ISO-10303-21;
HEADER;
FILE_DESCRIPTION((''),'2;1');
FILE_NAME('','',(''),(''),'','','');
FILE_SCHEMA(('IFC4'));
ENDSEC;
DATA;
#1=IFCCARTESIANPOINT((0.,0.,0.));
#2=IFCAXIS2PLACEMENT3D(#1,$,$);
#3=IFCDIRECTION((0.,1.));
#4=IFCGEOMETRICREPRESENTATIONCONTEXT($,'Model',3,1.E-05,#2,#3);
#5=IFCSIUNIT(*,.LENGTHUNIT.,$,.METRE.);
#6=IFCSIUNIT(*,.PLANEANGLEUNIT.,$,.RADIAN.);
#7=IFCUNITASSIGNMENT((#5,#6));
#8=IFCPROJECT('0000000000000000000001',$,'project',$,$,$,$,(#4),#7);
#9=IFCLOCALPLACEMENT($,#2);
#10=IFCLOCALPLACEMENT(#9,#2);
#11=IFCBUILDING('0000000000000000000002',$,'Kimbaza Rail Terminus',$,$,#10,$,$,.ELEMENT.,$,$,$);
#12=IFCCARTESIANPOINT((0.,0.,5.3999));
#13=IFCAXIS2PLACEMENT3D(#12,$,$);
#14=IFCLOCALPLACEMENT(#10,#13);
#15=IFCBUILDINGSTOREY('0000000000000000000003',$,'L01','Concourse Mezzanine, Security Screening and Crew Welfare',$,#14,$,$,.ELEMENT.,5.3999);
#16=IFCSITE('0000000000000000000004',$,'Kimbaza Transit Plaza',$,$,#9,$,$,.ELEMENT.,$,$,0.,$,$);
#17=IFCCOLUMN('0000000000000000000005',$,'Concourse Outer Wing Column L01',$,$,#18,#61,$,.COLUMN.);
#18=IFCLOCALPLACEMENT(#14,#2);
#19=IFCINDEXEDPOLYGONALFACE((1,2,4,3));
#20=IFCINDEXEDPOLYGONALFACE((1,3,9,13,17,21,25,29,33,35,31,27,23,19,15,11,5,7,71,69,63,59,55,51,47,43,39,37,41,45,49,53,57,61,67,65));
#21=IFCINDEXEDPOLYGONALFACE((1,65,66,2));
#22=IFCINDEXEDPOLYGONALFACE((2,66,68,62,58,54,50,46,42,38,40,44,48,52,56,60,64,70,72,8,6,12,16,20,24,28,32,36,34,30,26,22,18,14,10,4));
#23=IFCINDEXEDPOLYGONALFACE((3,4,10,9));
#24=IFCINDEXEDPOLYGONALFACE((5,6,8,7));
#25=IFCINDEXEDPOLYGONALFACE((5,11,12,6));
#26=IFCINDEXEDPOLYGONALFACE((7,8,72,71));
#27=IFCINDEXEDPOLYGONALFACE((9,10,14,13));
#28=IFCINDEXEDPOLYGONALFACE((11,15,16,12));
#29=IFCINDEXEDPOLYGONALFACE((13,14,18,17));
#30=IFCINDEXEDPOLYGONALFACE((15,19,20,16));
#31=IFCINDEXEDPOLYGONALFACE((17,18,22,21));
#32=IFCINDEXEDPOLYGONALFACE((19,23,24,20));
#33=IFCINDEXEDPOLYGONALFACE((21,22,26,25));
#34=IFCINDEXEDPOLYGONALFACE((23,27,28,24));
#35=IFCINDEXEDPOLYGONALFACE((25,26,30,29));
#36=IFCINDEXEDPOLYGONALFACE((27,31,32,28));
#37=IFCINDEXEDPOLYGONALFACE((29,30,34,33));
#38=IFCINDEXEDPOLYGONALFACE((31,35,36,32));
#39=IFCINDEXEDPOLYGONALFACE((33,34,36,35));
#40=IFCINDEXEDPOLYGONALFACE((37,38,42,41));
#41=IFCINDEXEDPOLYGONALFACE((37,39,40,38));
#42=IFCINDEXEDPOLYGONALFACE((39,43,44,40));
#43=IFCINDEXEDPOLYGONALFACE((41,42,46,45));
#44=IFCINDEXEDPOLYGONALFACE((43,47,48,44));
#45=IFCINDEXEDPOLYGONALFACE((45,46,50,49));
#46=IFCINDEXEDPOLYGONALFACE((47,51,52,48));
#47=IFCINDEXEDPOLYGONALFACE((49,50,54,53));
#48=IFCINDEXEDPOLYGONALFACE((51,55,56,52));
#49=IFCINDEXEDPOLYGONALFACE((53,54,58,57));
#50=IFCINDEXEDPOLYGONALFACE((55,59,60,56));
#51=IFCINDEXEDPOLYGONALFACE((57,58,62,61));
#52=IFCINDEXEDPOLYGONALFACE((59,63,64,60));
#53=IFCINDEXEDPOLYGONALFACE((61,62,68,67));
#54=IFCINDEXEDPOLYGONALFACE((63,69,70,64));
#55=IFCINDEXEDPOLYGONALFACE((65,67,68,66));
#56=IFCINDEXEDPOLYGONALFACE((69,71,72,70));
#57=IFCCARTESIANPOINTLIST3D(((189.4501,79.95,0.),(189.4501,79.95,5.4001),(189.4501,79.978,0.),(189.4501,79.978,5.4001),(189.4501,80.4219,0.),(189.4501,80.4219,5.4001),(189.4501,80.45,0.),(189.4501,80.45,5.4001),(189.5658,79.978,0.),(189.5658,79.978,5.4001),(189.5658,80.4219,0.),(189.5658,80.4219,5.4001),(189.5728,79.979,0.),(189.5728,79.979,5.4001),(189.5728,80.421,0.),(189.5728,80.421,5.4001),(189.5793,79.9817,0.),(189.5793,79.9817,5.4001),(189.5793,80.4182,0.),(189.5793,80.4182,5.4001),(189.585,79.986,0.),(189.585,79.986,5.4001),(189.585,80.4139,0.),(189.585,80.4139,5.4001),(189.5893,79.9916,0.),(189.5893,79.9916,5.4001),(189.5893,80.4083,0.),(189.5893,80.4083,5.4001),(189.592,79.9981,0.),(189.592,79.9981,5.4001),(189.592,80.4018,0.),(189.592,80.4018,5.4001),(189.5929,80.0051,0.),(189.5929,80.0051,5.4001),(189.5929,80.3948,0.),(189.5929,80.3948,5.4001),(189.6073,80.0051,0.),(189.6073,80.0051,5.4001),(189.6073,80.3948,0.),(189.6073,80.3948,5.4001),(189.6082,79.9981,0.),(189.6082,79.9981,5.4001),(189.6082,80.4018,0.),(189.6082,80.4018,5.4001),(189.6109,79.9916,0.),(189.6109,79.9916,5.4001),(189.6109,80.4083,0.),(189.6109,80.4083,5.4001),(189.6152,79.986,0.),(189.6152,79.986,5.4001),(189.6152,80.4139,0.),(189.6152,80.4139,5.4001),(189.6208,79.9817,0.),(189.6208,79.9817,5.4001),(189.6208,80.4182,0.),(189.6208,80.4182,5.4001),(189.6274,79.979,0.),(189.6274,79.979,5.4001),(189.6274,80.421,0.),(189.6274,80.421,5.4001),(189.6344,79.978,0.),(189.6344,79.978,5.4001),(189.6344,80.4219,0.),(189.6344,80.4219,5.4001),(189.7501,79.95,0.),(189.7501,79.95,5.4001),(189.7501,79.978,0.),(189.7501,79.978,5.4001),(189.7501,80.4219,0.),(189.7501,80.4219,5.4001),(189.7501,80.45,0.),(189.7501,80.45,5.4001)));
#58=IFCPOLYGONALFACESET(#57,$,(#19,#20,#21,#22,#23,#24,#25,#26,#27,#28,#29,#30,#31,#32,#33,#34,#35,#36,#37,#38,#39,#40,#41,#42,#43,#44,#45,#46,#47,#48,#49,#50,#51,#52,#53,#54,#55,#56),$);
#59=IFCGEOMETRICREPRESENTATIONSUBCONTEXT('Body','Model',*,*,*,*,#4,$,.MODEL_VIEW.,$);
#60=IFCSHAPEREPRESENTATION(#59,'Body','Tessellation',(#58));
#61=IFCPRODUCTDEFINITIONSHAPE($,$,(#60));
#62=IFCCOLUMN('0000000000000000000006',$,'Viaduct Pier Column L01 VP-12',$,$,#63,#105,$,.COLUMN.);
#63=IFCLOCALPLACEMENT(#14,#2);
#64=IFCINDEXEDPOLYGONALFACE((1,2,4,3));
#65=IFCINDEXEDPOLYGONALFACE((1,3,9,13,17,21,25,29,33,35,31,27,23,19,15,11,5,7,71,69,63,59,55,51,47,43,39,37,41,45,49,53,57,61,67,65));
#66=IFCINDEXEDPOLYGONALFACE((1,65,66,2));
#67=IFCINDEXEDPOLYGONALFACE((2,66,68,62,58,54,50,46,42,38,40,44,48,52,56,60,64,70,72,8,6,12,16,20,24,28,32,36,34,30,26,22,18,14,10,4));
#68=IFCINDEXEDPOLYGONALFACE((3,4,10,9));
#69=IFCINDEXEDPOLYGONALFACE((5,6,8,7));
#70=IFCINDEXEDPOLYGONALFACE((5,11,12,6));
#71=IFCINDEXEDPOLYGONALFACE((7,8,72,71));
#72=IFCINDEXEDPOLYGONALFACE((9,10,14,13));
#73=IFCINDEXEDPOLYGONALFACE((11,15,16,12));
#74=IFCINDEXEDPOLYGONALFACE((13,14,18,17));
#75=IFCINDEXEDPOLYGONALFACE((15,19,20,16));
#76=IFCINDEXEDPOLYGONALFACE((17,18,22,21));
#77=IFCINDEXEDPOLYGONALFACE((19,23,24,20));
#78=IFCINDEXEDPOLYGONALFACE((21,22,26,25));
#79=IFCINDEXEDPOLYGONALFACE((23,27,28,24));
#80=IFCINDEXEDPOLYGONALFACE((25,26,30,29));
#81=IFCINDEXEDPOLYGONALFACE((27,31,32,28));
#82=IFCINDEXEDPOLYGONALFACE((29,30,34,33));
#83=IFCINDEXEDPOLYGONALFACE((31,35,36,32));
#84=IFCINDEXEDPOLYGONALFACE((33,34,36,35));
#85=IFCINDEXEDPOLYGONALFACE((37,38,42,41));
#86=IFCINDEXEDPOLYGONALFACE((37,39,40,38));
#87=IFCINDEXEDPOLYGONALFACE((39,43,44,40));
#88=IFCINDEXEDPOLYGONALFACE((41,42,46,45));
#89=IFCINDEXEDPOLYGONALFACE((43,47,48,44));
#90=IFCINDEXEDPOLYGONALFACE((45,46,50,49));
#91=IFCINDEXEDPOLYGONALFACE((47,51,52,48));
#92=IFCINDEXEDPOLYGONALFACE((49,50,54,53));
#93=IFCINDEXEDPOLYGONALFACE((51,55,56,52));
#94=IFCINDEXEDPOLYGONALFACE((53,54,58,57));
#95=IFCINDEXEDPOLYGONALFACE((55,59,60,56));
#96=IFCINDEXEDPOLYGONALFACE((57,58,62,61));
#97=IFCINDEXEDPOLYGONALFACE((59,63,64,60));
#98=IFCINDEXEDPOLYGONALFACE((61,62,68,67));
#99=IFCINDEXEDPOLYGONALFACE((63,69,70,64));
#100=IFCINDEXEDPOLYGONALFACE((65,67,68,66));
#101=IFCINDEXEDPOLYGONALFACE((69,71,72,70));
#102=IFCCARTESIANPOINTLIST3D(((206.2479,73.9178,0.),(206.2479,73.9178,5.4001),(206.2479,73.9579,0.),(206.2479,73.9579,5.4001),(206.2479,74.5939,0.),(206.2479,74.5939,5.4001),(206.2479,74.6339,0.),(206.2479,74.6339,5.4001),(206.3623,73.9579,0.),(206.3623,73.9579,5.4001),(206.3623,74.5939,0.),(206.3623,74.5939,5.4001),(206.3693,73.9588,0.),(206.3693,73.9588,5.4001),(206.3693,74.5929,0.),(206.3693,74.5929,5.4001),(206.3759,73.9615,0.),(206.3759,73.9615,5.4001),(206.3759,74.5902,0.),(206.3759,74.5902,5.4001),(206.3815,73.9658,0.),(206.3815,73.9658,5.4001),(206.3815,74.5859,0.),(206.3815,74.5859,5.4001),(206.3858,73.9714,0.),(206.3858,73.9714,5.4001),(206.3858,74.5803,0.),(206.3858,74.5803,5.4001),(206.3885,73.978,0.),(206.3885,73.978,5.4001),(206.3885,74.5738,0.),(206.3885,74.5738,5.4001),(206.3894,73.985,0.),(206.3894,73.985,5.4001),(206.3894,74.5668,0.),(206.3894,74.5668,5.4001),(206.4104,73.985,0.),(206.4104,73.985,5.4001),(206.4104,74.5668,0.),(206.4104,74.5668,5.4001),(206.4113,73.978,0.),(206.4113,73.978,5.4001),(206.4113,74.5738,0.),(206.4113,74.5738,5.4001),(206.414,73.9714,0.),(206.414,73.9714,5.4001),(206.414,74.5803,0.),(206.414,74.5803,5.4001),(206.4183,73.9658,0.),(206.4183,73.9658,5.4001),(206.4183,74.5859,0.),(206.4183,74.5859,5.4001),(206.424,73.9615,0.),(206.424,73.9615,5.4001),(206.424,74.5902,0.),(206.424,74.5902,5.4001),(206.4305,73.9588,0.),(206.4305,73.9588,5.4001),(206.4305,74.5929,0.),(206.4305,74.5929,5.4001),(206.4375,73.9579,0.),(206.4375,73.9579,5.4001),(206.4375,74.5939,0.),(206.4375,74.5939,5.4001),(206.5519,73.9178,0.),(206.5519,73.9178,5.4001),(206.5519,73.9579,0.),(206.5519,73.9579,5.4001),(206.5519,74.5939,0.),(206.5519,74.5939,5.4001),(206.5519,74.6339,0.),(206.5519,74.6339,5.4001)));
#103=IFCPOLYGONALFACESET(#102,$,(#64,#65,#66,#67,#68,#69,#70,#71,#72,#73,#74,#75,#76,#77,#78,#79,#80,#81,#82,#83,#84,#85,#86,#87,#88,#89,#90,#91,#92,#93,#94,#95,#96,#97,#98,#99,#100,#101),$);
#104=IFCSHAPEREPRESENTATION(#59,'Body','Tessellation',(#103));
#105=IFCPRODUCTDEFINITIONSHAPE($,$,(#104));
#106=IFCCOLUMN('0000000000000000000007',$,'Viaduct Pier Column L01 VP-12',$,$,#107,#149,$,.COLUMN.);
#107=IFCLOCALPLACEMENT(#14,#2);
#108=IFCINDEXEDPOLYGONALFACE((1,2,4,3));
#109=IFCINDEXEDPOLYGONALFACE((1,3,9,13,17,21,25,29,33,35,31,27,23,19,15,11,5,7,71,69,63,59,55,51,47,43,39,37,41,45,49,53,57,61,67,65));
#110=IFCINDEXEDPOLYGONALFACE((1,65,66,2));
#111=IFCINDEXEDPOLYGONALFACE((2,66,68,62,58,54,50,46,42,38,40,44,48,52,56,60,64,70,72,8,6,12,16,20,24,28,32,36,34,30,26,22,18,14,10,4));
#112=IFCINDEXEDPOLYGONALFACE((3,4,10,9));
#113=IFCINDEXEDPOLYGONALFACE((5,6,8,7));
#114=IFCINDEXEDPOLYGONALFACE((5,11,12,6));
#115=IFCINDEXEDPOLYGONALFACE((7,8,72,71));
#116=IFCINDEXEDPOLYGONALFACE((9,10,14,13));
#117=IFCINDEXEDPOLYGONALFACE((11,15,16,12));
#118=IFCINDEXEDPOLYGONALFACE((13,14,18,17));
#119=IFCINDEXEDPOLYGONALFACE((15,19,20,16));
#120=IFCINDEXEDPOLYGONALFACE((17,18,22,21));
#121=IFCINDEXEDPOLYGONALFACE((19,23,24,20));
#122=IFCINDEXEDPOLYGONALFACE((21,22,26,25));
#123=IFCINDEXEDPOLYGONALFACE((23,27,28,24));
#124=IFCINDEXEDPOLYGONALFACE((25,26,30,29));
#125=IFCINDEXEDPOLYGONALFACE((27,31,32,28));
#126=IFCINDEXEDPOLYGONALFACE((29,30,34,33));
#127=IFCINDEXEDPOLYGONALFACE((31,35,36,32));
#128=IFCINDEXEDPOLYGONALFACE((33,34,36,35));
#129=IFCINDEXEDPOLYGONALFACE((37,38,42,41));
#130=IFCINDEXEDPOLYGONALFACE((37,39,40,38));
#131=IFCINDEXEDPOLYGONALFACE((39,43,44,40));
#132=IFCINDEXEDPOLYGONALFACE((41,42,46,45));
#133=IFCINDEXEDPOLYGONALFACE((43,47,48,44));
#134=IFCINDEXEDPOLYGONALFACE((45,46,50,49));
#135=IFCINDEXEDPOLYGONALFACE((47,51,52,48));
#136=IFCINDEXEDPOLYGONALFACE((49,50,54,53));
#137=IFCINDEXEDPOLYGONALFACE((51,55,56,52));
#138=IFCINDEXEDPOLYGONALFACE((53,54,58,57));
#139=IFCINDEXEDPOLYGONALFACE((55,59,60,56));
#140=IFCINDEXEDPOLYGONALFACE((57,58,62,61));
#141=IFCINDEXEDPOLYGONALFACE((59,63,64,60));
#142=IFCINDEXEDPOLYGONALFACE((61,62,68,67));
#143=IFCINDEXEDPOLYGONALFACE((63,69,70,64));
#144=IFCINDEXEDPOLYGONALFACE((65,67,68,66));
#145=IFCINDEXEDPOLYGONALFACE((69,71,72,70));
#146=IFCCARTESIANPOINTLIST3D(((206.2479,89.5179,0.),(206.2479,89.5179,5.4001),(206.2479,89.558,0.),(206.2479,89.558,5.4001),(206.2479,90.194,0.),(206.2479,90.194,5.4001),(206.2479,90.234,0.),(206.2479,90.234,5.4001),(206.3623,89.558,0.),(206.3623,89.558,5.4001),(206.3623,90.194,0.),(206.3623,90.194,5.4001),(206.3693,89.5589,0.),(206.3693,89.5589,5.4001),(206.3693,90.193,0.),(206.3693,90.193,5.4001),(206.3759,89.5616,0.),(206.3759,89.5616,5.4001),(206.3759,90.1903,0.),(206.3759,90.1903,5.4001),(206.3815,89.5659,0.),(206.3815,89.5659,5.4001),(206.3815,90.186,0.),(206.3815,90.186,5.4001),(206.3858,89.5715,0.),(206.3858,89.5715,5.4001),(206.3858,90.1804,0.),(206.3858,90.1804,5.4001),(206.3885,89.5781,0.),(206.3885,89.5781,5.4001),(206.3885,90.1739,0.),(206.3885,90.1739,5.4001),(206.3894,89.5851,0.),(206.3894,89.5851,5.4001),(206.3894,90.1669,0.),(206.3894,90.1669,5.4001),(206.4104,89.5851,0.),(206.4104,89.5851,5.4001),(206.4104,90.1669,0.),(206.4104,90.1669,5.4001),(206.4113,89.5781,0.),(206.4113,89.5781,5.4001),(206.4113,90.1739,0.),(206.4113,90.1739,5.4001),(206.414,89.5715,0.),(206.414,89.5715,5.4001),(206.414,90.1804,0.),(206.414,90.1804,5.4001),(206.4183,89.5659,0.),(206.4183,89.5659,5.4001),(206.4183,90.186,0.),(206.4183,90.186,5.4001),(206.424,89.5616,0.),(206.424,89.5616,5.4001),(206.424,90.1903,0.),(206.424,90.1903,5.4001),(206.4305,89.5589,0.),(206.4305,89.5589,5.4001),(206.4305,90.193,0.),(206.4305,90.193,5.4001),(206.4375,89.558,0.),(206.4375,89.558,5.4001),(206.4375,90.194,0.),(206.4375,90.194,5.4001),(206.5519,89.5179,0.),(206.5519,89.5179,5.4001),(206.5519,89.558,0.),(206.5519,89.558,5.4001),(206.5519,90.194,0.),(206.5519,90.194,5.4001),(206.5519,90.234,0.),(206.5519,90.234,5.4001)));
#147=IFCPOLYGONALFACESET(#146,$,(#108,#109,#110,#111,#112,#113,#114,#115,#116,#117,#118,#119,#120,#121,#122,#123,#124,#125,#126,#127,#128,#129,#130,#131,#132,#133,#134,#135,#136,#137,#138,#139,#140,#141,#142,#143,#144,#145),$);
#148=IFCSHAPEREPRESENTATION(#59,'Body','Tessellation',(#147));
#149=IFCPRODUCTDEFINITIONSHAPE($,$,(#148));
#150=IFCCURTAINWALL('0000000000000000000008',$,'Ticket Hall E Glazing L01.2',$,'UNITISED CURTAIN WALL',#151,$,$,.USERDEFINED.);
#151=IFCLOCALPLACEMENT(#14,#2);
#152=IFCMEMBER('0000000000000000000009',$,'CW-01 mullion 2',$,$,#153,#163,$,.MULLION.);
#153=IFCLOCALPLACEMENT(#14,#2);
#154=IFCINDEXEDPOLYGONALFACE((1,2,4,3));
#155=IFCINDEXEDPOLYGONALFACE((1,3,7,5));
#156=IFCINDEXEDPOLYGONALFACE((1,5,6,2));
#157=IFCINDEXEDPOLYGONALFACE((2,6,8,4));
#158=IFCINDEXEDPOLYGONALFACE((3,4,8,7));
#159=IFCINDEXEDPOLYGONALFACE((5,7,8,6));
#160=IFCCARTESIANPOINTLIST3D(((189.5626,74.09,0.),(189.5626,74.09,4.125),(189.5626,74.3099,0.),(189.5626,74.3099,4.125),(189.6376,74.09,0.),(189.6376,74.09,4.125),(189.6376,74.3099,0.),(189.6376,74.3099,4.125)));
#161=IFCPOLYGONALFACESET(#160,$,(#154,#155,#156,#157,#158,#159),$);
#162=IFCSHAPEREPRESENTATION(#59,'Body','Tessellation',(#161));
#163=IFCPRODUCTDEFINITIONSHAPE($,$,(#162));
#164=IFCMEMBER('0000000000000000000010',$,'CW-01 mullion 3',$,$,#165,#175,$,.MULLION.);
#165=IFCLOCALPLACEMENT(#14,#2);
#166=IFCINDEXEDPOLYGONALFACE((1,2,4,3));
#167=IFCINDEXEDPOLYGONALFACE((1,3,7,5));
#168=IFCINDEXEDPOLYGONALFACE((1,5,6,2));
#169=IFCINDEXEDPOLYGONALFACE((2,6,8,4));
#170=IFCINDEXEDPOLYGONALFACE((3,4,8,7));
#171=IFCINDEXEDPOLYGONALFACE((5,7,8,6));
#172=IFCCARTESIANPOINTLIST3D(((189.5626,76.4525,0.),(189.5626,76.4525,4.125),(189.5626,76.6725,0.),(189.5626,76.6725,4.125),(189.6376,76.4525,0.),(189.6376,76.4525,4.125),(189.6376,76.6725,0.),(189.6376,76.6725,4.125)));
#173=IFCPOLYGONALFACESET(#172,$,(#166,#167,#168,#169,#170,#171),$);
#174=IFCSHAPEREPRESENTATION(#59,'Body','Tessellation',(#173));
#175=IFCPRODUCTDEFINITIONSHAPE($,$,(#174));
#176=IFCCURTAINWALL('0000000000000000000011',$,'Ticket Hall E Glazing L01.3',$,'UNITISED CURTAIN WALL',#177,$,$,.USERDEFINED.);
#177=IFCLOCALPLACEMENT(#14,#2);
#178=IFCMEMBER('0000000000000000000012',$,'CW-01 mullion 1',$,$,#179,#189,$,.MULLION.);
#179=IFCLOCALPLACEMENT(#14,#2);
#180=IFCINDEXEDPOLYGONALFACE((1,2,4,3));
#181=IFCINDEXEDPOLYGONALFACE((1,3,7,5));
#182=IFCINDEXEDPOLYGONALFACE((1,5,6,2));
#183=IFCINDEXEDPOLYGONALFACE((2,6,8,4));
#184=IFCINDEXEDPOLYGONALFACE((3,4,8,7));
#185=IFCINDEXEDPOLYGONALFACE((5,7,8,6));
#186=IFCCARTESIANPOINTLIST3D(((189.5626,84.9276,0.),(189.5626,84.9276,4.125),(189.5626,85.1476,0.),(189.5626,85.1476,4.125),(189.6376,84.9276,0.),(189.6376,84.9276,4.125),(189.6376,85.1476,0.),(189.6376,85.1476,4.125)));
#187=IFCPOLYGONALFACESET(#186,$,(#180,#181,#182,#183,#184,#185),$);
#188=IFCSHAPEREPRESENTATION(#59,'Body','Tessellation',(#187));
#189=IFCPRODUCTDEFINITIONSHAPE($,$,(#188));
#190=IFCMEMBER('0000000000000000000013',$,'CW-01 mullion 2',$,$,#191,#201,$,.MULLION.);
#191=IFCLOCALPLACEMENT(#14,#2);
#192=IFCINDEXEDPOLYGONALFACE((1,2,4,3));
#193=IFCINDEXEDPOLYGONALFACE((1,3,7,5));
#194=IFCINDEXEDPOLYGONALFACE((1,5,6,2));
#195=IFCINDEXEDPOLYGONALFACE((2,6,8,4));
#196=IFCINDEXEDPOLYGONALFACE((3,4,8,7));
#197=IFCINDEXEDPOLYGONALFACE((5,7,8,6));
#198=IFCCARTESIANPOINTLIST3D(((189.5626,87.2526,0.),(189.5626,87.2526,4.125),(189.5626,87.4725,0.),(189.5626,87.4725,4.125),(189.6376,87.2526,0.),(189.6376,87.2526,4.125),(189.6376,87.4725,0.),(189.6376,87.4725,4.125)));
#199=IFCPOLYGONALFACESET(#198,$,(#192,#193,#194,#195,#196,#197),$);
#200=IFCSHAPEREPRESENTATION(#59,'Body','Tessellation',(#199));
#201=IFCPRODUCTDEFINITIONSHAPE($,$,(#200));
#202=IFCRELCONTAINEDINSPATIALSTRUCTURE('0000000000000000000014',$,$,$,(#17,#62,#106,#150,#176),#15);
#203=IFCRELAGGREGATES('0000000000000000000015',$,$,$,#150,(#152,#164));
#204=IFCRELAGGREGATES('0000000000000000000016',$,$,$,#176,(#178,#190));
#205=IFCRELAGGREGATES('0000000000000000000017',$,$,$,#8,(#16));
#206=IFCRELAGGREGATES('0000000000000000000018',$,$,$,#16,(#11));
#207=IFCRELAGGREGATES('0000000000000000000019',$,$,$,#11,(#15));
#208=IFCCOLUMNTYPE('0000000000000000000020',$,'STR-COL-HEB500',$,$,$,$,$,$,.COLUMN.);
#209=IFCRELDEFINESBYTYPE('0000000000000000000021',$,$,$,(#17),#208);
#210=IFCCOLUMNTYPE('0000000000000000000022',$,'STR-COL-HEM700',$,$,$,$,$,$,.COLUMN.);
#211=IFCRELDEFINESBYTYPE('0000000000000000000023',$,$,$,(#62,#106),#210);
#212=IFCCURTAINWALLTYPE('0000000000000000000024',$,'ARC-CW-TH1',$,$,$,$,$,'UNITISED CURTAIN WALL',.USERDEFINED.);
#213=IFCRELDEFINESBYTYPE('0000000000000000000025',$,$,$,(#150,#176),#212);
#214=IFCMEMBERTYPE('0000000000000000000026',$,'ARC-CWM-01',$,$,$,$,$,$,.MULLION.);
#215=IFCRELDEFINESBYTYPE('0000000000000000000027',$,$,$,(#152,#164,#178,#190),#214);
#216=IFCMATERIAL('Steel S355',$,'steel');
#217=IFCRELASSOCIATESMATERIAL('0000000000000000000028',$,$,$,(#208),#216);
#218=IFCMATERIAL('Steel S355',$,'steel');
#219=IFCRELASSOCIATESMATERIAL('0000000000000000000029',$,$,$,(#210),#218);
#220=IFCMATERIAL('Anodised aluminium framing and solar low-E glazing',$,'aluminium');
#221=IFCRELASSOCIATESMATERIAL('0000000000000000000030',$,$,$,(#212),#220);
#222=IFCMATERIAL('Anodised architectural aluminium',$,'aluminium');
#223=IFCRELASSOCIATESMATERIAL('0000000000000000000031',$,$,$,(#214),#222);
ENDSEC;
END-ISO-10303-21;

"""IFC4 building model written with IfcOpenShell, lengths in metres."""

from ifc_helpers import new_model, si_unit, direction, frame, origin, origin_2d, place, context, subcontext, project, spatial, rectangle, i_section, extrude, material, material_profile, profile_set, type_object, element, aggregate, save


model = new_model("IFC4")

# Units and contexts
model_context = context("Model", 3, precision=1e-05, world=origin(), true_north=direction((0.0, 1.0)))
body_context = subcontext(model_context, "Body", "Model", "MODEL_VIEW")
ifc_project = project(units=[si_unit("LENGTHUNIT", "METRE"), si_unit("PLANEANGLEUNIT", "RADIAN")], contexts=[model_context])

# Site, building, storey
site_placement = place(None, origin())
site = spatial("IfcSite", under=ifc_project, at=site_placement, Name="Kimbaza Transit Plaza", CompositionType="ELEMENT", RefElevation=0.0)
building_placement = place(site_placement, origin())
building = spatial("IfcBuilding", under=site, at=building_placement, Name="Kimbaza Rail Terminus", CompositionType="ELEMENT")
storey_placement = place(building_placement, frame((0.0, 0.0, 5.3999)))
storey = spatial("IfcBuildingStorey", under=building, at=storey_placement, Name="L01", Description="Concourse Mezzanine, Security Screening and Crew Welfare", CompositionType="ELEMENT", Elevation=5.3999)

# Columns
ifc_material_1 = material(Name="Steel S355", Category="steel")
ifc_material_profile_1 = material_profile(ifc_material_1, i_section(OverallWidth=0.3, OverallDepth=0.5, WebThickness=0.0144, FlangeThickness=0.0281, FilletRadius=0.0271, at=origin_2d()), Name="HEB 500")
ifc_profile_set_1 = profile_set([ifc_material_profile_1], Name="Steel S355")
column_type_1 = type_object("IfcColumnType", Name="STR-COL-HEB500", PredefinedType="COLUMN", material=ifc_profile_set_1)
column_placement = place(storey_placement, frame((189.6001, 80.2, 0.0), z_axis=(0.0, 0.0, 1.0), x_axis=(1.0, 0.0, 0.0)))
element("IfcColumn", 1, at=column_placement, inside=storey, type_object=column_type_1, Name="Concourse Outer Wing Column L01", PredefinedType="COLUMN", context=body_context, shape_type="SweptSolid", body=[
    extrude(i_section(OverallWidth=0.3, OverallDepth=0.5, WebThickness=0.0144, FlangeThickness=0.0281, FilletRadius=0.0271, at=origin_2d()), origin(), (0.0, 0.0, 1.0), 5.4001),
])
ifc_material_2 = material(Name="Steel S355", Category="steel")
ifc_material_profile_2 = material_profile(ifc_material_2, i_section(OverallWidth=0.304, OverallDepth=0.7161, WebThickness=0.021, FlangeThickness=0.04, FilletRadius=0.0271, at=origin_2d()), Name="HEM 700")
ifc_profile_set_2 = profile_set([ifc_material_profile_2], Name="Steel S355")
column_type_2 = type_object("IfcColumnType", Name="STR-COL-HEM700", PredefinedType="COLUMN", material=ifc_profile_set_2)
for number, where, z_axis, x_axis, name in (
    (2, (206.3999, 74.2759, 0.0), (0.0, 0.0, 1.0), (1.0, 0.0, 0.0), "Viaduct Pier Column L01 VP-12"),
    (3, (206.3999, 89.876, 0.0), (0.0, 0.0, 1.0), (1.0, 0.0, 0.0), "Viaduct Pier Column L01 VP-12"),
):
    element("IfcColumn", number, at=place(storey_placement, frame(where, z_axis=z_axis, x_axis=x_axis)), inside=storey, type_object=column_type_2, Name=name, PredefinedType="COLUMN", context=body_context, shape_type="SweptSolid", body=[
        extrude(i_section(OverallWidth=0.304, OverallDepth=0.7161, WebThickness=0.021, FlangeThickness=0.04, FilletRadius=0.0271, at=origin_2d()), origin(), (0.0, 0.0, 1.0), 5.4001),
    ])

# Curtain walls, members
ifc_material_3 = material(Name="Anodised aluminium framing and solar low-E glazing", Category="aluminium")
curtain_wall_type = type_object("IfcCurtainWallType", Name="ARC-CW-TH1", ElementType="UNITISED CURTAIN WALL", PredefinedType="USERDEFINED", material=ifc_material_3)
curtain_wall_1_placement = place(storey_placement, origin())
curtain_wall_1 = element("IfcCurtainWall", 4, at=curtain_wall_1_placement, inside=storey, type_object=curtain_wall_type, Name="Ticket Hall E Glazing L01.2", ObjectType="UNITISED CURTAIN WALL", PredefinedType="USERDEFINED")
ifc_material_4 = material(Name="Anodised architectural aluminium", Category="aluminium")
ifc_material_profile_3 = material_profile(ifc_material_4, rectangle(XDim=0.075, YDim=0.22, at=origin_2d()), Name="MULLION 75x220")
ifc_profile_set_3 = profile_set([ifc_material_profile_3], Name="Anodised architectural aluminium")
member_type_1 = type_object("IfcMemberType", Name="ARC-CWM-01", PredefinedType="MULLION", material=ifc_profile_set_3)
member_1_placement = place(storey_placement, frame((189.6001, 74.2, 0.0), z_axis=(0.0, 0.0, 1.0), x_axis=(-1.0, 0.0, 0.0)))
member_1 = element("IfcMember", 5, at=member_1_placement, type_object=member_type_1, Name="CW-01 mullion 2", PredefinedType="MULLION", context=body_context, shape_type="SweptSolid", body=[
    extrude(rectangle(XDim=0.075, YDim=0.22, at=origin_2d()), origin(), (0.0, 0.0, 1.0), 4.125),
])
member_2_placement = place(storey_placement, frame((189.6001, 76.5625, 0.0), z_axis=(0.0, 0.0, 1.0), x_axis=(-1.0, 0.0, 0.0)))
member_2 = element("IfcMember", 6, at=member_2_placement, type_object=member_type_1, Name="CW-01 mullion 3", PredefinedType="MULLION", context=body_context, shape_type="SweptSolid", body=[
    extrude(rectangle(XDim=0.075, YDim=0.22, at=origin_2d()), origin(), (0.0, 0.0, 1.0), 4.125),
])
curtain_wall_2_placement = place(storey_placement, origin())
curtain_wall_2 = element("IfcCurtainWall", 7, at=curtain_wall_2_placement, inside=storey, type_object=curtain_wall_type, Name="Ticket Hall E Glazing L01.3", ObjectType="UNITISED CURTAIN WALL", PredefinedType="USERDEFINED")
member_3_placement = place(storey_placement, frame((189.6001, 85.0376, 0.0), z_axis=(0.0, 0.0, 1.0), x_axis=(-1.0, 0.0, 0.0)))
member_3 = element("IfcMember", 8, at=member_3_placement, type_object=member_type_1, Name="CW-01 mullion 1", PredefinedType="MULLION", context=body_context, shape_type="SweptSolid", body=[
    extrude(rectangle(XDim=0.075, YDim=0.22, at=origin_2d()), origin(), (0.0, 0.0, 1.0), 4.125),
])
member_4_placement = place(storey_placement, frame((189.6001, 87.3625, 0.0), z_axis=(0.0, 0.0, 1.0), x_axis=(-1.0, 0.0, 0.0)))
member_4 = element("IfcMember", 9, at=member_4_placement, type_object=member_type_1, Name="CW-01 mullion 2", PredefinedType="MULLION", context=body_context, shape_type="SweptSolid", body=[
    extrude(rectangle(XDim=0.075, YDim=0.22, at=origin_2d()), origin(), (0.0, 0.0, 1.0), 4.125),
])

aggregate(curtain_wall_1, [member_1, member_2])
aggregate(curtain_wall_2, [member_3, member_4])

save(model, "model.ifc")
